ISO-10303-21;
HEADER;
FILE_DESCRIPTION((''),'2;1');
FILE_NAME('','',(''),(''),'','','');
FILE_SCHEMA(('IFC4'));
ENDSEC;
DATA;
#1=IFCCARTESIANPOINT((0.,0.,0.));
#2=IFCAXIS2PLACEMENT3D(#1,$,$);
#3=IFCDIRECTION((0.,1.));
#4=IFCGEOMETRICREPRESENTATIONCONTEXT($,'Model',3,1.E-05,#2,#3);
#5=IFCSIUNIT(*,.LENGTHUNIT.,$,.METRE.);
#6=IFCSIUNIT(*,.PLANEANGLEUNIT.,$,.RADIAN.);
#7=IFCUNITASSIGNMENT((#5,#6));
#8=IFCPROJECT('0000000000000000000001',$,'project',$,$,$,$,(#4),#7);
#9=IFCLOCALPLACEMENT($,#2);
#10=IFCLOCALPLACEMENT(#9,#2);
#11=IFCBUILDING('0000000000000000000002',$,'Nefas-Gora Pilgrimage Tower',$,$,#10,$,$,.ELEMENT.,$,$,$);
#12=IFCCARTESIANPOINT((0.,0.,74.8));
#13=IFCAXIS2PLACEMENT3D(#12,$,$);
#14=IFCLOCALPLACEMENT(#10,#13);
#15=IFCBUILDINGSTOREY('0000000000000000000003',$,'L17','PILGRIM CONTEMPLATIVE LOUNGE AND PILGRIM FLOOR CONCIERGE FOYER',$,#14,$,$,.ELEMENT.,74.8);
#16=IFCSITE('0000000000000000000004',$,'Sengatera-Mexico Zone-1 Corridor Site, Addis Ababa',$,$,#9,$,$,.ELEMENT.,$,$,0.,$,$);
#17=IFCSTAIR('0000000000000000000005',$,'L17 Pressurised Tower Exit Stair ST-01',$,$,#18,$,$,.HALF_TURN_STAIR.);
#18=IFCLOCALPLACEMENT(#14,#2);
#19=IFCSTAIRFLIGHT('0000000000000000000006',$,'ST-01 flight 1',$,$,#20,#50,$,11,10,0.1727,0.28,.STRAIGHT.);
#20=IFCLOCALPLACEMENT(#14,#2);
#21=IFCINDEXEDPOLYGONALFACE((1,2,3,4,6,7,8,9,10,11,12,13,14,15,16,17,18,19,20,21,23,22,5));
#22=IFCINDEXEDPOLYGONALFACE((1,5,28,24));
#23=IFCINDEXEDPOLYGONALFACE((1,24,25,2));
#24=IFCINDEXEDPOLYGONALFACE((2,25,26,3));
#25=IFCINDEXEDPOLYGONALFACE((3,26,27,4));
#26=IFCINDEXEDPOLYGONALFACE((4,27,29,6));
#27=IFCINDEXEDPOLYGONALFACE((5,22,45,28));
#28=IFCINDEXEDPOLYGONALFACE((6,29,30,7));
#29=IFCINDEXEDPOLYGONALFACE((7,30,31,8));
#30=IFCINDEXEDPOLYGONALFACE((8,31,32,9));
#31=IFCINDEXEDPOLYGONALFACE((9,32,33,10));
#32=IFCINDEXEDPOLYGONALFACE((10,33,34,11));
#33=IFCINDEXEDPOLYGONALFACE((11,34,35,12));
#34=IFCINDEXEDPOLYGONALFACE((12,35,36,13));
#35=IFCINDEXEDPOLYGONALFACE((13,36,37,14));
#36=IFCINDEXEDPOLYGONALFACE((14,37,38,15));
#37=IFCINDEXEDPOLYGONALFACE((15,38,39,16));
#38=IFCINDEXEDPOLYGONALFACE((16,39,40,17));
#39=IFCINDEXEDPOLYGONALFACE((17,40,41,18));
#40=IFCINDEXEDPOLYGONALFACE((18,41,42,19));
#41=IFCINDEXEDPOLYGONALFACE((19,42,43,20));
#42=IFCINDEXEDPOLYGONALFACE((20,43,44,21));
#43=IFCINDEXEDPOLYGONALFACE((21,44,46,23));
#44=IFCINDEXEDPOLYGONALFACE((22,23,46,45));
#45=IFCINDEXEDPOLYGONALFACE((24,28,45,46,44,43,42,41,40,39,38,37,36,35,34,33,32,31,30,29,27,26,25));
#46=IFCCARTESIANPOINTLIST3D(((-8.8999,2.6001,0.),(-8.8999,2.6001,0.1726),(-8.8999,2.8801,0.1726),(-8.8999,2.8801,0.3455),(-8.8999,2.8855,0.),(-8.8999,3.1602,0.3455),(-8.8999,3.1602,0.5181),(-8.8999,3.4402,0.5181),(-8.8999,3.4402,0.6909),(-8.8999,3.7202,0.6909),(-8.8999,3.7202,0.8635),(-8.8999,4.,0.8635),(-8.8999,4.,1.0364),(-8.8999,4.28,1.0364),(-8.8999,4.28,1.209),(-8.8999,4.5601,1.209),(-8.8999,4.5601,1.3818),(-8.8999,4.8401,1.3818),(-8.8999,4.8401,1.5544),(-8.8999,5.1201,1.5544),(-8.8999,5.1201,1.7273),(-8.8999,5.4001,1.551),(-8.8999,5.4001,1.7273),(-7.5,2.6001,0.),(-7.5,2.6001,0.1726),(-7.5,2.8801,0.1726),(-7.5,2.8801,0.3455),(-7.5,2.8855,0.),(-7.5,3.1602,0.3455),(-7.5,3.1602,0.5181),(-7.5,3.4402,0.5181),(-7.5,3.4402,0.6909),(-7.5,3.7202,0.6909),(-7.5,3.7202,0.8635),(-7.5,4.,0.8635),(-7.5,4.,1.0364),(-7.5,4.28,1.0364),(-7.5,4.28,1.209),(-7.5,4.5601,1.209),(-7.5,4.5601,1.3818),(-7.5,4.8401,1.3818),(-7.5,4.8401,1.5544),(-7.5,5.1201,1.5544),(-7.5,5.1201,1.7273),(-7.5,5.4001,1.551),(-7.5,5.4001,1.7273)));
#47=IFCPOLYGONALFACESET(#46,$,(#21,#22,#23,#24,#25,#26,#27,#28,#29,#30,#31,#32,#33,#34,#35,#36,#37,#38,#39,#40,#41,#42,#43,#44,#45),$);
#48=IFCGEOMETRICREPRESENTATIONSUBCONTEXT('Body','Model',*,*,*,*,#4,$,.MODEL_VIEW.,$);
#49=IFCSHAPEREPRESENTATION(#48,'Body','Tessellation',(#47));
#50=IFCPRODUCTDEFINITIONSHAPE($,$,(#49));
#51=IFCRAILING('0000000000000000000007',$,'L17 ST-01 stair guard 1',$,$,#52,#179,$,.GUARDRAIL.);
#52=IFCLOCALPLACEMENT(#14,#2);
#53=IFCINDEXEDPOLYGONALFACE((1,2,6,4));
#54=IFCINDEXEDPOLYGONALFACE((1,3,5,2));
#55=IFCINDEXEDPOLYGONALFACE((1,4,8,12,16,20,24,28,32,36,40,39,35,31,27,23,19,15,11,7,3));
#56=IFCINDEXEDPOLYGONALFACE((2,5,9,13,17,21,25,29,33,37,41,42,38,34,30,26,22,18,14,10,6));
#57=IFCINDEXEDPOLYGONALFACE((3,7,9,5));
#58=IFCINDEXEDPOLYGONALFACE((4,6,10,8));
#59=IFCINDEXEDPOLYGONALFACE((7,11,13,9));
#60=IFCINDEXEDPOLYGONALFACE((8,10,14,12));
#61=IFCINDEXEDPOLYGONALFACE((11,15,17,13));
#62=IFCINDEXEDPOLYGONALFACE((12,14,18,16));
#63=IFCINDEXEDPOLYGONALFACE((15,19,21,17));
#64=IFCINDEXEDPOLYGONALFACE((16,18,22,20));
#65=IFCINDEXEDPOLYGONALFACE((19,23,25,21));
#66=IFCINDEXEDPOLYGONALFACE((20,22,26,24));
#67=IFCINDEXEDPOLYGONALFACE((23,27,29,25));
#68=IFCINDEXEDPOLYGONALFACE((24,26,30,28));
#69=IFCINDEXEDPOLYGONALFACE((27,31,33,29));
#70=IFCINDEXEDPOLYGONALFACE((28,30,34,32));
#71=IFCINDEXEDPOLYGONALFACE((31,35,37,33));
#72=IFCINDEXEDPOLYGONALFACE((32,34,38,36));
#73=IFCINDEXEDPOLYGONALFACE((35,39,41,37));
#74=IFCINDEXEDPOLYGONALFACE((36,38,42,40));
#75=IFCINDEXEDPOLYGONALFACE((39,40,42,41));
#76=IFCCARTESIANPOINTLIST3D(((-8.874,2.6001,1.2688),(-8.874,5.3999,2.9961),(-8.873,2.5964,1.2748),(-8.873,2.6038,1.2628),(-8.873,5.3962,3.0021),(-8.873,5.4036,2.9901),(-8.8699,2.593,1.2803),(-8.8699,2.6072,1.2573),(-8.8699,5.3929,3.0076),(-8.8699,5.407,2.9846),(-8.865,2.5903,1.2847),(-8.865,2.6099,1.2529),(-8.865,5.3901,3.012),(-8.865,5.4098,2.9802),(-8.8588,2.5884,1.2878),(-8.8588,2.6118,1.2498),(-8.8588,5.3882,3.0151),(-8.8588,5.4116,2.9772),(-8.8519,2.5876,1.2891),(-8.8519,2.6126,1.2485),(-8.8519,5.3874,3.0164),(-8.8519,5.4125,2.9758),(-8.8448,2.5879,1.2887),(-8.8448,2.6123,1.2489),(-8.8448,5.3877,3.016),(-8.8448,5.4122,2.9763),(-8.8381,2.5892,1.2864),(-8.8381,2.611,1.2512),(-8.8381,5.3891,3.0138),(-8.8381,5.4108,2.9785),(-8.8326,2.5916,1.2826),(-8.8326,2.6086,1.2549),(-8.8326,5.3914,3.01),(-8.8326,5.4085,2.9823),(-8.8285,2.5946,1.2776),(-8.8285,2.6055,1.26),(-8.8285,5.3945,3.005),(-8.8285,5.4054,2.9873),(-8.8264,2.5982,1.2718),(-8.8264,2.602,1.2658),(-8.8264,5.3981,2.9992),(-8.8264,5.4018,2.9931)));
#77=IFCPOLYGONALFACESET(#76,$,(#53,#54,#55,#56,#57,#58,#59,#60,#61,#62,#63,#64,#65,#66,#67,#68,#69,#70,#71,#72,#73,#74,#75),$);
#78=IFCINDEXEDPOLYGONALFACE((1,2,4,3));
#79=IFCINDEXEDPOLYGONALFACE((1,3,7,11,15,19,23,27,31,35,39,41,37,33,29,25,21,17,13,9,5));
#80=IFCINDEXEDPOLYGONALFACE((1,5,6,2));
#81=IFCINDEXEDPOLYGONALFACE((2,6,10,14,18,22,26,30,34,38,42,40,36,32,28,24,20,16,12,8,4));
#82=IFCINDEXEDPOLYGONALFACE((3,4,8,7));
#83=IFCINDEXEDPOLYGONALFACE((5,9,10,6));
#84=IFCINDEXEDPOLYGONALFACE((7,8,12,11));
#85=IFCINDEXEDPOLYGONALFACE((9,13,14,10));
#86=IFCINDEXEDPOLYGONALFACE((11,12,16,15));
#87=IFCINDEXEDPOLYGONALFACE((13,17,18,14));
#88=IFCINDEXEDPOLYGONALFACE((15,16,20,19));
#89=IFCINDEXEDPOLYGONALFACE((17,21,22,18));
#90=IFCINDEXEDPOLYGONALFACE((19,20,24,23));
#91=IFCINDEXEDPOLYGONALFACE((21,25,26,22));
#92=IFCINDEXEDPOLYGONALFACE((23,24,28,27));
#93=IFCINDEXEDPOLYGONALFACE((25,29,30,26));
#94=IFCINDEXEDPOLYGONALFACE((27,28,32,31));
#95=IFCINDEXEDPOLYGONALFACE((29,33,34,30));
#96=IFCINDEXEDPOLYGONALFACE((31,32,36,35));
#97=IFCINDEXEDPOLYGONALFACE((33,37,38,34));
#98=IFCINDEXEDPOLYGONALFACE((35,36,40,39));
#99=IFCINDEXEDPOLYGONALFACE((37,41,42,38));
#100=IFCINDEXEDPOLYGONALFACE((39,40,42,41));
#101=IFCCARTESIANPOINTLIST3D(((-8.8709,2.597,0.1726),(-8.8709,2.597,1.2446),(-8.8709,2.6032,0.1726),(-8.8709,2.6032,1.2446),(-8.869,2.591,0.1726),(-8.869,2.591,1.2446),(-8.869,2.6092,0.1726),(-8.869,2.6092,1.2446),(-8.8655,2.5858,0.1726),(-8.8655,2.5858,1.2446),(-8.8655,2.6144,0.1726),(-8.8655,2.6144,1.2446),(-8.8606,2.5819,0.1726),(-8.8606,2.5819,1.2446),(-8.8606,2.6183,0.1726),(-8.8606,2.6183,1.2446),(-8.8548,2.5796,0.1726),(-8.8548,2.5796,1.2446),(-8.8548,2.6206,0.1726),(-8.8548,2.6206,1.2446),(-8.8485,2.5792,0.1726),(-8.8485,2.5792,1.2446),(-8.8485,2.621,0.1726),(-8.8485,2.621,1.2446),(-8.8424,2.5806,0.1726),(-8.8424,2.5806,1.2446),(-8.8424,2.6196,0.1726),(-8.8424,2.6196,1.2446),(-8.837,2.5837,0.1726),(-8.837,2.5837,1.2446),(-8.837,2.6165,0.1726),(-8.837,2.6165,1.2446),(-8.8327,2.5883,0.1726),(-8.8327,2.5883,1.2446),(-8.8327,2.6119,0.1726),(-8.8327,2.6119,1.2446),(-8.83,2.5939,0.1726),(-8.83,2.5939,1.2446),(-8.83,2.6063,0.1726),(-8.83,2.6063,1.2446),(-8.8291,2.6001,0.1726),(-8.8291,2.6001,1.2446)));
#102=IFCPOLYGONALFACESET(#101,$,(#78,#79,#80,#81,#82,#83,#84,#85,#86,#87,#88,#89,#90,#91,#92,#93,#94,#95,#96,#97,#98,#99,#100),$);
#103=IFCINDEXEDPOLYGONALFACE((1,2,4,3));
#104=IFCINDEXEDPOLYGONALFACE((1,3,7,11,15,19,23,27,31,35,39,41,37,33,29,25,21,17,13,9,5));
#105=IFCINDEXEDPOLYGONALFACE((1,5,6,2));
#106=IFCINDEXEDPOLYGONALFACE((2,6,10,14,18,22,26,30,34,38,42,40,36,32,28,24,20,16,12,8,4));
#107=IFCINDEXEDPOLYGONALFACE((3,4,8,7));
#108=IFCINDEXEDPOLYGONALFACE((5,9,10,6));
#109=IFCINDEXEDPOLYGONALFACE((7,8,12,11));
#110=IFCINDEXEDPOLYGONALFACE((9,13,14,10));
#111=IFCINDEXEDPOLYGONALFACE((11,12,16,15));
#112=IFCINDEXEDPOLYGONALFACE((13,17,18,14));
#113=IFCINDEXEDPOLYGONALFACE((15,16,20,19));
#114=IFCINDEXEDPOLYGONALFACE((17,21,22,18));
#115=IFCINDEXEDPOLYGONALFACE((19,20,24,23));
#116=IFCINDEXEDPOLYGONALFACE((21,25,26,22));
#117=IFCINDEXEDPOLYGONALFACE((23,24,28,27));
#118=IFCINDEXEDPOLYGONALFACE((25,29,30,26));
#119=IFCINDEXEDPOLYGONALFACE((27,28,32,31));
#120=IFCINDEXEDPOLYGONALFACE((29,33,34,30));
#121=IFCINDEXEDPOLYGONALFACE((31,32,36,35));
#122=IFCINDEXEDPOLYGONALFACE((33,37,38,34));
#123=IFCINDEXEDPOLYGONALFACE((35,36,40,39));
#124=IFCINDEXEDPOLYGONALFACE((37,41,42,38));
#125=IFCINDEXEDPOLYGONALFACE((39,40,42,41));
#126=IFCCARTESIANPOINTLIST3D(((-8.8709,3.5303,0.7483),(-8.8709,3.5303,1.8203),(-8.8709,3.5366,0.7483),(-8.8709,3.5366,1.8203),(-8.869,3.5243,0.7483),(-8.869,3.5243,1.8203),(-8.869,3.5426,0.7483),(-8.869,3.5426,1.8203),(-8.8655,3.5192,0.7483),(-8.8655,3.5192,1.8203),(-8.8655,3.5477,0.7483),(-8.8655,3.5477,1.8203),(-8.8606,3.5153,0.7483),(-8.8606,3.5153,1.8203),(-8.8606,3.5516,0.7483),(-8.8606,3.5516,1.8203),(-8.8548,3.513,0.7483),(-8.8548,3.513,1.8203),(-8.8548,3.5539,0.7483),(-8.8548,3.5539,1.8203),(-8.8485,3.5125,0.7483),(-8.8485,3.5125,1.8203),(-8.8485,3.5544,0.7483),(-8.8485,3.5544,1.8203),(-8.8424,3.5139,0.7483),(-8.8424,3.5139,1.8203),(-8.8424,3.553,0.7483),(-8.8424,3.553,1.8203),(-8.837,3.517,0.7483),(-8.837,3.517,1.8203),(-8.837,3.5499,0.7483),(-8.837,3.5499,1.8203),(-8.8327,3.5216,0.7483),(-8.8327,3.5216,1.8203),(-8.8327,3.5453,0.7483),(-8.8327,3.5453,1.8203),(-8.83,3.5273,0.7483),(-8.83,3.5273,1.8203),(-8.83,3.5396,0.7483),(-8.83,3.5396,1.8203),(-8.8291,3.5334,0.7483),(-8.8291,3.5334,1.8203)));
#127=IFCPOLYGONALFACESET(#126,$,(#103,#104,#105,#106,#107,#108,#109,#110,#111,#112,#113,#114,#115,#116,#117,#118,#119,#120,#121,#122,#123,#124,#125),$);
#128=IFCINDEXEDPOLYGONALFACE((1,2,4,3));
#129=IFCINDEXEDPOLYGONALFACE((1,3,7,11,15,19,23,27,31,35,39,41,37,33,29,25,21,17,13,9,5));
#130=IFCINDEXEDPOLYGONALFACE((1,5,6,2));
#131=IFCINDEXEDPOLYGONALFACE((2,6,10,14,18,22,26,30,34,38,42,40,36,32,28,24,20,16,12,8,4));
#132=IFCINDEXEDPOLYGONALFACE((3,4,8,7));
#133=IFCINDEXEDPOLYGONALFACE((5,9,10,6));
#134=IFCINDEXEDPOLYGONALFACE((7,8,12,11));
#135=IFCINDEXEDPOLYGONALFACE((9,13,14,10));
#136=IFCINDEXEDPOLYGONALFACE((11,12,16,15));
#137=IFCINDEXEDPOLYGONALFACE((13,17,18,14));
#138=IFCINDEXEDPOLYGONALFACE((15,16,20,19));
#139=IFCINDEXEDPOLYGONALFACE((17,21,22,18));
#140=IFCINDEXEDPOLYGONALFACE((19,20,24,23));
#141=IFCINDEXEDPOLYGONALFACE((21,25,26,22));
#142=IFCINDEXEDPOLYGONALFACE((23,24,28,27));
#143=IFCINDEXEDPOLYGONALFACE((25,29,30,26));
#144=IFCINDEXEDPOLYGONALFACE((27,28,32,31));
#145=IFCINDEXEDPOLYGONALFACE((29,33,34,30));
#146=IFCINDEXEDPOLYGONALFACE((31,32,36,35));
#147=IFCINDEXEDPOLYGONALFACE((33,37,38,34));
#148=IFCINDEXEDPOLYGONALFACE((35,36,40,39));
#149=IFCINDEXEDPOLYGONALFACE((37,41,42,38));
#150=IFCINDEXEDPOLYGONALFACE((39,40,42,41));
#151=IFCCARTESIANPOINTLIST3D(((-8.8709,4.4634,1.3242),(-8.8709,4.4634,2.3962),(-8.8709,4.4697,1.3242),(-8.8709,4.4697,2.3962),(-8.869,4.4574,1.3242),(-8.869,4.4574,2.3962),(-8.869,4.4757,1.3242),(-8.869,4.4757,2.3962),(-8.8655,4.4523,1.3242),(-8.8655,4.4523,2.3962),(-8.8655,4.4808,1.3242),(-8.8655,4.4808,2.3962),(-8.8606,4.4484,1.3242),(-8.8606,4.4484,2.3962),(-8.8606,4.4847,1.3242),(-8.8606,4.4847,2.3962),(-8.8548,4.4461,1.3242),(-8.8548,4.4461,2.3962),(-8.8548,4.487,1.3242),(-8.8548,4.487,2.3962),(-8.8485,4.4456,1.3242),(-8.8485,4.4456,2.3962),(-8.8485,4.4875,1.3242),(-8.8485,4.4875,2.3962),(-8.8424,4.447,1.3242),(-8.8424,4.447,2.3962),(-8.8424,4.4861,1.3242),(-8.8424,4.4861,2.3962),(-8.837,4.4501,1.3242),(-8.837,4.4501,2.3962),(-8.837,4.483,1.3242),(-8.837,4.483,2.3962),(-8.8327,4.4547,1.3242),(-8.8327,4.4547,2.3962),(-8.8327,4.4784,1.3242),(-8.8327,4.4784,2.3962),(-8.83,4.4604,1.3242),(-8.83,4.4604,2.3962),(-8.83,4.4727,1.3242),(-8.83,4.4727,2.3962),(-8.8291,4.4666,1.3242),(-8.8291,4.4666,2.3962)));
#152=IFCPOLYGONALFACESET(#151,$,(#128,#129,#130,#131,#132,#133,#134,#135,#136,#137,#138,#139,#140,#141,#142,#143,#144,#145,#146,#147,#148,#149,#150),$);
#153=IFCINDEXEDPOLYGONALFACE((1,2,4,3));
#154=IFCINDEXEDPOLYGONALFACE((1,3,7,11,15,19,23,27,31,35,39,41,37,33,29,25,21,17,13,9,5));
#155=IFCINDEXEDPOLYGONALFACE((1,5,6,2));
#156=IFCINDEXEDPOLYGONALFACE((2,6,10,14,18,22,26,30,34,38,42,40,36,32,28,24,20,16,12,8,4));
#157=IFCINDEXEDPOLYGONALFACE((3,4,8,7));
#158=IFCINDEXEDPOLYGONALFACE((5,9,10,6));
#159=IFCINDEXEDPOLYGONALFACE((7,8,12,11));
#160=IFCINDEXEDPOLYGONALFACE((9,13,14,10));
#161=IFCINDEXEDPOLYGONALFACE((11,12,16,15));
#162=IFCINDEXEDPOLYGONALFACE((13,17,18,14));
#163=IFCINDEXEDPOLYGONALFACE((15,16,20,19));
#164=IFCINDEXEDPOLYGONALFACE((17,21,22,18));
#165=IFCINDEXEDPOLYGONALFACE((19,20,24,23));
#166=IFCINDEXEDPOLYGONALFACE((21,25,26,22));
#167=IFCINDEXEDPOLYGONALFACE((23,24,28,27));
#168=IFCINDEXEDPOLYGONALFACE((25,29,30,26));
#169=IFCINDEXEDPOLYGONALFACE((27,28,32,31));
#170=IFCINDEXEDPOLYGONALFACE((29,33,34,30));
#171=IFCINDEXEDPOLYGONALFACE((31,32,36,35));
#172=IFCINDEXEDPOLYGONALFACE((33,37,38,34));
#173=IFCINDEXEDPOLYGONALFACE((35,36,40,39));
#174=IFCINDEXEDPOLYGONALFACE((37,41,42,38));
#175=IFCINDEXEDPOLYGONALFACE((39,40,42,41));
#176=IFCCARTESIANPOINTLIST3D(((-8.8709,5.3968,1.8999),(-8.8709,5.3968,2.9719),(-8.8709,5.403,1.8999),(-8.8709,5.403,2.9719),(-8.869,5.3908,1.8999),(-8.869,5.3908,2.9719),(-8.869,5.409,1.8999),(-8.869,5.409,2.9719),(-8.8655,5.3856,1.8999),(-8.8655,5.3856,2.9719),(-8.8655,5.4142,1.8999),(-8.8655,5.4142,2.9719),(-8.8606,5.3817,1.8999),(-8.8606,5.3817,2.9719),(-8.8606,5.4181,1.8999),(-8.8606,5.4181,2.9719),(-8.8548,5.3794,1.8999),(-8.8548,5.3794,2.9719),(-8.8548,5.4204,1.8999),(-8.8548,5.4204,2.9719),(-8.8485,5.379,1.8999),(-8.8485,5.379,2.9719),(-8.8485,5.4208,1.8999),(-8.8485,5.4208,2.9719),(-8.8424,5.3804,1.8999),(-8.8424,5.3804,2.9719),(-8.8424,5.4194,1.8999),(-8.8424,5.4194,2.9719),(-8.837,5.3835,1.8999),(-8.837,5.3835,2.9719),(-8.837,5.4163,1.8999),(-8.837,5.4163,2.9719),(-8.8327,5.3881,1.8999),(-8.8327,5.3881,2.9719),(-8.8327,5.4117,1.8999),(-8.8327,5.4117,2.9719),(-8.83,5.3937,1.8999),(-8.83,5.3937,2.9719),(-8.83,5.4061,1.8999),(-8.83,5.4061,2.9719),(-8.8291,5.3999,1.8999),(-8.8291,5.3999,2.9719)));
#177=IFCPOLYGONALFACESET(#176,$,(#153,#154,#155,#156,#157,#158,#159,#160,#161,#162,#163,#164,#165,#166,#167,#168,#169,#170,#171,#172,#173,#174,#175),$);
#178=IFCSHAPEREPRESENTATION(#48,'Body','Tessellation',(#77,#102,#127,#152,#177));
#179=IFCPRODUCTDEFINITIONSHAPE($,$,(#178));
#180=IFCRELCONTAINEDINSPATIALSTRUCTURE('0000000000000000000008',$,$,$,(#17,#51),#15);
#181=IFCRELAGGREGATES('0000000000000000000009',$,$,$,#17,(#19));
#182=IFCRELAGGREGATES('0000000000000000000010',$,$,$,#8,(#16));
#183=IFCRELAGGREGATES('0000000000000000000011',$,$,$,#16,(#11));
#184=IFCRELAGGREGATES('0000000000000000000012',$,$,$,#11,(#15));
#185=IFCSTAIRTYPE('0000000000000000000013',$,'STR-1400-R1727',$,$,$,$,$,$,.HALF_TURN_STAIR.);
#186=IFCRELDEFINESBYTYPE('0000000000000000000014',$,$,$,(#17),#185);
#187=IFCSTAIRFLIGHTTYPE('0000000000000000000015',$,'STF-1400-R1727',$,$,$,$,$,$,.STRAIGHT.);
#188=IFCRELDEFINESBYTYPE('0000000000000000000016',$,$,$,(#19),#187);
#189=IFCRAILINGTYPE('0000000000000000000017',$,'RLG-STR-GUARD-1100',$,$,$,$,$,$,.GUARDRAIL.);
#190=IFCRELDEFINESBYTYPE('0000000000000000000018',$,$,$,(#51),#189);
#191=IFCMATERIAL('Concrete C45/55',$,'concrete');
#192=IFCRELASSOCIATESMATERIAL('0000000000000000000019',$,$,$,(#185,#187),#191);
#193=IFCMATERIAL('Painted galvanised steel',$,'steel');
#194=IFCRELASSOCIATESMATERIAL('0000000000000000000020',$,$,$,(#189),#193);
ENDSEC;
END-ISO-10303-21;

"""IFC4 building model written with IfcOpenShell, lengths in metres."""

from ifc_helpers import new_model, si_unit, direction, frame, origin, origin_2d, place, context, subcontext, project, spatial, polyline, circle, outline, extrude, source, transform, mapped, material, type_object, element, aggregate, save


model = new_model("IFC4")

# Units and contexts
model_context = context("Model", 3, precision=1e-05, world=origin(), true_north=direction((0.0, 1.0)))
body_context = subcontext(model_context, "Body", "Model", "MODEL_VIEW")
ifc_project = project(units=[si_unit("LENGTHUNIT", "METRE"), si_unit("PLANEANGLEUNIT", "RADIAN")], contexts=[model_context])

# Site, building, storey
site_placement = place(None, origin())
site = spatial("IfcSite", under=ifc_project, at=site_placement, Name="Sengatera-Mexico Zone-1 Corridor Site, Addis Ababa", CompositionType="ELEMENT", RefElevation=0.0)
building_placement = place(site_placement, origin())
building = spatial("IfcBuilding", under=site, at=building_placement, Name="Nefas-Gora Pilgrimage Tower", CompositionType="ELEMENT")
storey_placement = place(building_placement, frame((0.0, 0.0, 74.8)))
storey = spatial("IfcBuildingStorey", under=building, at=storey_placement, Name="L17", Description="PILGRIM CONTEMPLATIVE LOUNGE AND PILGRIM FLOOR CONCIERGE FOYER", CompositionType="ELEMENT", Elevation=74.8)

# Stair
ifc_material_1 = material(Name="Concrete C45/55", Category="concrete")
stair_type = type_object("IfcStairType", Name="STR-1400-R1727", PredefinedType="HALF_TURN_STAIR", material=ifc_material_1)
stair_1_placement = place(storey_placement, origin())
stair_1 = element("IfcStair", 1, at=stair_1_placement, inside=storey, type_object=stair_type, Name="L17 Pressurised Tower Exit Stair ST-01", PredefinedType="HALF_TURN_STAIR")

# Stair flight
stair_flight_type = type_object("IfcStairFlightType", Name="STF-1400-R1727", PredefinedType="STRAIGHT", material=ifc_material_1)
shared_shape_1 = source(origin(), body_context, "Body", "SweptSolid", [
    extrude(outline(polyline([(0.0, 0.0), (0.0, 0.1726), (0.28, 0.1726), (0.28, 0.3455), (0.5601, 0.3455), (0.5601, 0.5181), (0.8401, 0.5181), (0.8401, 0.6909), (1.1201, 0.6909), (1.1201, 0.8635), (1.3999, 0.8635), (1.3999, 1.0364), (1.6799, 1.0364), (1.6799, 1.209), (1.96, 1.209), (1.96, 1.3818), (2.24, 1.3818), (2.24, 1.5544), (2.52, 1.5544), (2.52, 1.7273), (2.8, 1.7273), (2.8, 1.8999), (2.8, 1.551), (0.2854, 0.0), (0.0, 0.0)])), frame((0.0, 0.7, 0.0), z_axis=(0.0, -1.0, 0.0), x_axis=(1.0, 0.0, 0.0)), (0.0, 0.0, 1.0), 1.3999),
])
stair_flight_placement = place(storey_placement, frame((-8.2, 2.6001, 0.0), z_axis=(0.0, 0.0, 1.0), x_axis=(0.0, 1.0, 0.0)))
stair_flight = element("IfcStairFlight", 2, at=stair_flight_placement, type_object=stair_flight_type, Name="ST-01 flight 1", NumberOfRisers=11, NumberOfTreads=10, PredefinedType="STRAIGHT", RiserHeight=0.1727, TreadLength=0.28, context=body_context, shape_type="MappedRepresentation", body=[
    mapped(shared_shape_1, transform((0.0, 0.0, 0.0), x_axis=(1.0, 0.0, 0.0), y_axis=(0.0, 1.0, 0.0), z_axis=(0.0, 0.0, 1.0), scale=1.0)),
])
aggregate(stair_1, [stair_flight])

# Railing
ifc_material_2 = material(Name="Painted galvanised steel", Category="steel")
railing_type_1 = type_object("IfcRailingType", Name="RLG-STR-GUARD-1100", PredefinedType="GUARDRAIL", material=ifc_material_2)
railing_1_placement = place(storey_placement, frame((-8.8501, 2.6001, 0.1726)))
element("IfcRailing", 3, at=railing_1_placement, inside=storey, type_object=railing_type_1, Name="L17 ST-01 stair guard 1", PredefinedType="GUARDRAIL", context=body_context, shape_type="SweptSolid", body=[
    extrude(circle(Radius=0.0239, at=origin_2d()), frame((0.0, 0.0, 1.0962), z_axis=(0.0, 0.851069, 0.525054), x_axis=(-1.0, 0.0, 0.0)), (0.0, 0.0, 1.0), 3.2898),
    extrude(circle(Radius=0.021, at=origin_2d()), origin(), (0.0, 0.0, 1.0), 1.072),
    extrude(circle(Radius=0.021, at=origin_2d()), frame((0.0, 0.9333, 0.5757)), (0.0, 0.0, 1.0), 1.072),
    extrude(circle(Radius=0.021, at=origin_2d()), frame((0.0, 1.8665, 1.1516)), (0.0, 0.0, 1.0), 1.072),
    extrude(circle(Radius=0.021, at=origin_2d()), frame((0.0, 2.7998, 1.7273)), (0.0, 0.0, 1.0), 1.072),
])

save(model, "model.ifc")
